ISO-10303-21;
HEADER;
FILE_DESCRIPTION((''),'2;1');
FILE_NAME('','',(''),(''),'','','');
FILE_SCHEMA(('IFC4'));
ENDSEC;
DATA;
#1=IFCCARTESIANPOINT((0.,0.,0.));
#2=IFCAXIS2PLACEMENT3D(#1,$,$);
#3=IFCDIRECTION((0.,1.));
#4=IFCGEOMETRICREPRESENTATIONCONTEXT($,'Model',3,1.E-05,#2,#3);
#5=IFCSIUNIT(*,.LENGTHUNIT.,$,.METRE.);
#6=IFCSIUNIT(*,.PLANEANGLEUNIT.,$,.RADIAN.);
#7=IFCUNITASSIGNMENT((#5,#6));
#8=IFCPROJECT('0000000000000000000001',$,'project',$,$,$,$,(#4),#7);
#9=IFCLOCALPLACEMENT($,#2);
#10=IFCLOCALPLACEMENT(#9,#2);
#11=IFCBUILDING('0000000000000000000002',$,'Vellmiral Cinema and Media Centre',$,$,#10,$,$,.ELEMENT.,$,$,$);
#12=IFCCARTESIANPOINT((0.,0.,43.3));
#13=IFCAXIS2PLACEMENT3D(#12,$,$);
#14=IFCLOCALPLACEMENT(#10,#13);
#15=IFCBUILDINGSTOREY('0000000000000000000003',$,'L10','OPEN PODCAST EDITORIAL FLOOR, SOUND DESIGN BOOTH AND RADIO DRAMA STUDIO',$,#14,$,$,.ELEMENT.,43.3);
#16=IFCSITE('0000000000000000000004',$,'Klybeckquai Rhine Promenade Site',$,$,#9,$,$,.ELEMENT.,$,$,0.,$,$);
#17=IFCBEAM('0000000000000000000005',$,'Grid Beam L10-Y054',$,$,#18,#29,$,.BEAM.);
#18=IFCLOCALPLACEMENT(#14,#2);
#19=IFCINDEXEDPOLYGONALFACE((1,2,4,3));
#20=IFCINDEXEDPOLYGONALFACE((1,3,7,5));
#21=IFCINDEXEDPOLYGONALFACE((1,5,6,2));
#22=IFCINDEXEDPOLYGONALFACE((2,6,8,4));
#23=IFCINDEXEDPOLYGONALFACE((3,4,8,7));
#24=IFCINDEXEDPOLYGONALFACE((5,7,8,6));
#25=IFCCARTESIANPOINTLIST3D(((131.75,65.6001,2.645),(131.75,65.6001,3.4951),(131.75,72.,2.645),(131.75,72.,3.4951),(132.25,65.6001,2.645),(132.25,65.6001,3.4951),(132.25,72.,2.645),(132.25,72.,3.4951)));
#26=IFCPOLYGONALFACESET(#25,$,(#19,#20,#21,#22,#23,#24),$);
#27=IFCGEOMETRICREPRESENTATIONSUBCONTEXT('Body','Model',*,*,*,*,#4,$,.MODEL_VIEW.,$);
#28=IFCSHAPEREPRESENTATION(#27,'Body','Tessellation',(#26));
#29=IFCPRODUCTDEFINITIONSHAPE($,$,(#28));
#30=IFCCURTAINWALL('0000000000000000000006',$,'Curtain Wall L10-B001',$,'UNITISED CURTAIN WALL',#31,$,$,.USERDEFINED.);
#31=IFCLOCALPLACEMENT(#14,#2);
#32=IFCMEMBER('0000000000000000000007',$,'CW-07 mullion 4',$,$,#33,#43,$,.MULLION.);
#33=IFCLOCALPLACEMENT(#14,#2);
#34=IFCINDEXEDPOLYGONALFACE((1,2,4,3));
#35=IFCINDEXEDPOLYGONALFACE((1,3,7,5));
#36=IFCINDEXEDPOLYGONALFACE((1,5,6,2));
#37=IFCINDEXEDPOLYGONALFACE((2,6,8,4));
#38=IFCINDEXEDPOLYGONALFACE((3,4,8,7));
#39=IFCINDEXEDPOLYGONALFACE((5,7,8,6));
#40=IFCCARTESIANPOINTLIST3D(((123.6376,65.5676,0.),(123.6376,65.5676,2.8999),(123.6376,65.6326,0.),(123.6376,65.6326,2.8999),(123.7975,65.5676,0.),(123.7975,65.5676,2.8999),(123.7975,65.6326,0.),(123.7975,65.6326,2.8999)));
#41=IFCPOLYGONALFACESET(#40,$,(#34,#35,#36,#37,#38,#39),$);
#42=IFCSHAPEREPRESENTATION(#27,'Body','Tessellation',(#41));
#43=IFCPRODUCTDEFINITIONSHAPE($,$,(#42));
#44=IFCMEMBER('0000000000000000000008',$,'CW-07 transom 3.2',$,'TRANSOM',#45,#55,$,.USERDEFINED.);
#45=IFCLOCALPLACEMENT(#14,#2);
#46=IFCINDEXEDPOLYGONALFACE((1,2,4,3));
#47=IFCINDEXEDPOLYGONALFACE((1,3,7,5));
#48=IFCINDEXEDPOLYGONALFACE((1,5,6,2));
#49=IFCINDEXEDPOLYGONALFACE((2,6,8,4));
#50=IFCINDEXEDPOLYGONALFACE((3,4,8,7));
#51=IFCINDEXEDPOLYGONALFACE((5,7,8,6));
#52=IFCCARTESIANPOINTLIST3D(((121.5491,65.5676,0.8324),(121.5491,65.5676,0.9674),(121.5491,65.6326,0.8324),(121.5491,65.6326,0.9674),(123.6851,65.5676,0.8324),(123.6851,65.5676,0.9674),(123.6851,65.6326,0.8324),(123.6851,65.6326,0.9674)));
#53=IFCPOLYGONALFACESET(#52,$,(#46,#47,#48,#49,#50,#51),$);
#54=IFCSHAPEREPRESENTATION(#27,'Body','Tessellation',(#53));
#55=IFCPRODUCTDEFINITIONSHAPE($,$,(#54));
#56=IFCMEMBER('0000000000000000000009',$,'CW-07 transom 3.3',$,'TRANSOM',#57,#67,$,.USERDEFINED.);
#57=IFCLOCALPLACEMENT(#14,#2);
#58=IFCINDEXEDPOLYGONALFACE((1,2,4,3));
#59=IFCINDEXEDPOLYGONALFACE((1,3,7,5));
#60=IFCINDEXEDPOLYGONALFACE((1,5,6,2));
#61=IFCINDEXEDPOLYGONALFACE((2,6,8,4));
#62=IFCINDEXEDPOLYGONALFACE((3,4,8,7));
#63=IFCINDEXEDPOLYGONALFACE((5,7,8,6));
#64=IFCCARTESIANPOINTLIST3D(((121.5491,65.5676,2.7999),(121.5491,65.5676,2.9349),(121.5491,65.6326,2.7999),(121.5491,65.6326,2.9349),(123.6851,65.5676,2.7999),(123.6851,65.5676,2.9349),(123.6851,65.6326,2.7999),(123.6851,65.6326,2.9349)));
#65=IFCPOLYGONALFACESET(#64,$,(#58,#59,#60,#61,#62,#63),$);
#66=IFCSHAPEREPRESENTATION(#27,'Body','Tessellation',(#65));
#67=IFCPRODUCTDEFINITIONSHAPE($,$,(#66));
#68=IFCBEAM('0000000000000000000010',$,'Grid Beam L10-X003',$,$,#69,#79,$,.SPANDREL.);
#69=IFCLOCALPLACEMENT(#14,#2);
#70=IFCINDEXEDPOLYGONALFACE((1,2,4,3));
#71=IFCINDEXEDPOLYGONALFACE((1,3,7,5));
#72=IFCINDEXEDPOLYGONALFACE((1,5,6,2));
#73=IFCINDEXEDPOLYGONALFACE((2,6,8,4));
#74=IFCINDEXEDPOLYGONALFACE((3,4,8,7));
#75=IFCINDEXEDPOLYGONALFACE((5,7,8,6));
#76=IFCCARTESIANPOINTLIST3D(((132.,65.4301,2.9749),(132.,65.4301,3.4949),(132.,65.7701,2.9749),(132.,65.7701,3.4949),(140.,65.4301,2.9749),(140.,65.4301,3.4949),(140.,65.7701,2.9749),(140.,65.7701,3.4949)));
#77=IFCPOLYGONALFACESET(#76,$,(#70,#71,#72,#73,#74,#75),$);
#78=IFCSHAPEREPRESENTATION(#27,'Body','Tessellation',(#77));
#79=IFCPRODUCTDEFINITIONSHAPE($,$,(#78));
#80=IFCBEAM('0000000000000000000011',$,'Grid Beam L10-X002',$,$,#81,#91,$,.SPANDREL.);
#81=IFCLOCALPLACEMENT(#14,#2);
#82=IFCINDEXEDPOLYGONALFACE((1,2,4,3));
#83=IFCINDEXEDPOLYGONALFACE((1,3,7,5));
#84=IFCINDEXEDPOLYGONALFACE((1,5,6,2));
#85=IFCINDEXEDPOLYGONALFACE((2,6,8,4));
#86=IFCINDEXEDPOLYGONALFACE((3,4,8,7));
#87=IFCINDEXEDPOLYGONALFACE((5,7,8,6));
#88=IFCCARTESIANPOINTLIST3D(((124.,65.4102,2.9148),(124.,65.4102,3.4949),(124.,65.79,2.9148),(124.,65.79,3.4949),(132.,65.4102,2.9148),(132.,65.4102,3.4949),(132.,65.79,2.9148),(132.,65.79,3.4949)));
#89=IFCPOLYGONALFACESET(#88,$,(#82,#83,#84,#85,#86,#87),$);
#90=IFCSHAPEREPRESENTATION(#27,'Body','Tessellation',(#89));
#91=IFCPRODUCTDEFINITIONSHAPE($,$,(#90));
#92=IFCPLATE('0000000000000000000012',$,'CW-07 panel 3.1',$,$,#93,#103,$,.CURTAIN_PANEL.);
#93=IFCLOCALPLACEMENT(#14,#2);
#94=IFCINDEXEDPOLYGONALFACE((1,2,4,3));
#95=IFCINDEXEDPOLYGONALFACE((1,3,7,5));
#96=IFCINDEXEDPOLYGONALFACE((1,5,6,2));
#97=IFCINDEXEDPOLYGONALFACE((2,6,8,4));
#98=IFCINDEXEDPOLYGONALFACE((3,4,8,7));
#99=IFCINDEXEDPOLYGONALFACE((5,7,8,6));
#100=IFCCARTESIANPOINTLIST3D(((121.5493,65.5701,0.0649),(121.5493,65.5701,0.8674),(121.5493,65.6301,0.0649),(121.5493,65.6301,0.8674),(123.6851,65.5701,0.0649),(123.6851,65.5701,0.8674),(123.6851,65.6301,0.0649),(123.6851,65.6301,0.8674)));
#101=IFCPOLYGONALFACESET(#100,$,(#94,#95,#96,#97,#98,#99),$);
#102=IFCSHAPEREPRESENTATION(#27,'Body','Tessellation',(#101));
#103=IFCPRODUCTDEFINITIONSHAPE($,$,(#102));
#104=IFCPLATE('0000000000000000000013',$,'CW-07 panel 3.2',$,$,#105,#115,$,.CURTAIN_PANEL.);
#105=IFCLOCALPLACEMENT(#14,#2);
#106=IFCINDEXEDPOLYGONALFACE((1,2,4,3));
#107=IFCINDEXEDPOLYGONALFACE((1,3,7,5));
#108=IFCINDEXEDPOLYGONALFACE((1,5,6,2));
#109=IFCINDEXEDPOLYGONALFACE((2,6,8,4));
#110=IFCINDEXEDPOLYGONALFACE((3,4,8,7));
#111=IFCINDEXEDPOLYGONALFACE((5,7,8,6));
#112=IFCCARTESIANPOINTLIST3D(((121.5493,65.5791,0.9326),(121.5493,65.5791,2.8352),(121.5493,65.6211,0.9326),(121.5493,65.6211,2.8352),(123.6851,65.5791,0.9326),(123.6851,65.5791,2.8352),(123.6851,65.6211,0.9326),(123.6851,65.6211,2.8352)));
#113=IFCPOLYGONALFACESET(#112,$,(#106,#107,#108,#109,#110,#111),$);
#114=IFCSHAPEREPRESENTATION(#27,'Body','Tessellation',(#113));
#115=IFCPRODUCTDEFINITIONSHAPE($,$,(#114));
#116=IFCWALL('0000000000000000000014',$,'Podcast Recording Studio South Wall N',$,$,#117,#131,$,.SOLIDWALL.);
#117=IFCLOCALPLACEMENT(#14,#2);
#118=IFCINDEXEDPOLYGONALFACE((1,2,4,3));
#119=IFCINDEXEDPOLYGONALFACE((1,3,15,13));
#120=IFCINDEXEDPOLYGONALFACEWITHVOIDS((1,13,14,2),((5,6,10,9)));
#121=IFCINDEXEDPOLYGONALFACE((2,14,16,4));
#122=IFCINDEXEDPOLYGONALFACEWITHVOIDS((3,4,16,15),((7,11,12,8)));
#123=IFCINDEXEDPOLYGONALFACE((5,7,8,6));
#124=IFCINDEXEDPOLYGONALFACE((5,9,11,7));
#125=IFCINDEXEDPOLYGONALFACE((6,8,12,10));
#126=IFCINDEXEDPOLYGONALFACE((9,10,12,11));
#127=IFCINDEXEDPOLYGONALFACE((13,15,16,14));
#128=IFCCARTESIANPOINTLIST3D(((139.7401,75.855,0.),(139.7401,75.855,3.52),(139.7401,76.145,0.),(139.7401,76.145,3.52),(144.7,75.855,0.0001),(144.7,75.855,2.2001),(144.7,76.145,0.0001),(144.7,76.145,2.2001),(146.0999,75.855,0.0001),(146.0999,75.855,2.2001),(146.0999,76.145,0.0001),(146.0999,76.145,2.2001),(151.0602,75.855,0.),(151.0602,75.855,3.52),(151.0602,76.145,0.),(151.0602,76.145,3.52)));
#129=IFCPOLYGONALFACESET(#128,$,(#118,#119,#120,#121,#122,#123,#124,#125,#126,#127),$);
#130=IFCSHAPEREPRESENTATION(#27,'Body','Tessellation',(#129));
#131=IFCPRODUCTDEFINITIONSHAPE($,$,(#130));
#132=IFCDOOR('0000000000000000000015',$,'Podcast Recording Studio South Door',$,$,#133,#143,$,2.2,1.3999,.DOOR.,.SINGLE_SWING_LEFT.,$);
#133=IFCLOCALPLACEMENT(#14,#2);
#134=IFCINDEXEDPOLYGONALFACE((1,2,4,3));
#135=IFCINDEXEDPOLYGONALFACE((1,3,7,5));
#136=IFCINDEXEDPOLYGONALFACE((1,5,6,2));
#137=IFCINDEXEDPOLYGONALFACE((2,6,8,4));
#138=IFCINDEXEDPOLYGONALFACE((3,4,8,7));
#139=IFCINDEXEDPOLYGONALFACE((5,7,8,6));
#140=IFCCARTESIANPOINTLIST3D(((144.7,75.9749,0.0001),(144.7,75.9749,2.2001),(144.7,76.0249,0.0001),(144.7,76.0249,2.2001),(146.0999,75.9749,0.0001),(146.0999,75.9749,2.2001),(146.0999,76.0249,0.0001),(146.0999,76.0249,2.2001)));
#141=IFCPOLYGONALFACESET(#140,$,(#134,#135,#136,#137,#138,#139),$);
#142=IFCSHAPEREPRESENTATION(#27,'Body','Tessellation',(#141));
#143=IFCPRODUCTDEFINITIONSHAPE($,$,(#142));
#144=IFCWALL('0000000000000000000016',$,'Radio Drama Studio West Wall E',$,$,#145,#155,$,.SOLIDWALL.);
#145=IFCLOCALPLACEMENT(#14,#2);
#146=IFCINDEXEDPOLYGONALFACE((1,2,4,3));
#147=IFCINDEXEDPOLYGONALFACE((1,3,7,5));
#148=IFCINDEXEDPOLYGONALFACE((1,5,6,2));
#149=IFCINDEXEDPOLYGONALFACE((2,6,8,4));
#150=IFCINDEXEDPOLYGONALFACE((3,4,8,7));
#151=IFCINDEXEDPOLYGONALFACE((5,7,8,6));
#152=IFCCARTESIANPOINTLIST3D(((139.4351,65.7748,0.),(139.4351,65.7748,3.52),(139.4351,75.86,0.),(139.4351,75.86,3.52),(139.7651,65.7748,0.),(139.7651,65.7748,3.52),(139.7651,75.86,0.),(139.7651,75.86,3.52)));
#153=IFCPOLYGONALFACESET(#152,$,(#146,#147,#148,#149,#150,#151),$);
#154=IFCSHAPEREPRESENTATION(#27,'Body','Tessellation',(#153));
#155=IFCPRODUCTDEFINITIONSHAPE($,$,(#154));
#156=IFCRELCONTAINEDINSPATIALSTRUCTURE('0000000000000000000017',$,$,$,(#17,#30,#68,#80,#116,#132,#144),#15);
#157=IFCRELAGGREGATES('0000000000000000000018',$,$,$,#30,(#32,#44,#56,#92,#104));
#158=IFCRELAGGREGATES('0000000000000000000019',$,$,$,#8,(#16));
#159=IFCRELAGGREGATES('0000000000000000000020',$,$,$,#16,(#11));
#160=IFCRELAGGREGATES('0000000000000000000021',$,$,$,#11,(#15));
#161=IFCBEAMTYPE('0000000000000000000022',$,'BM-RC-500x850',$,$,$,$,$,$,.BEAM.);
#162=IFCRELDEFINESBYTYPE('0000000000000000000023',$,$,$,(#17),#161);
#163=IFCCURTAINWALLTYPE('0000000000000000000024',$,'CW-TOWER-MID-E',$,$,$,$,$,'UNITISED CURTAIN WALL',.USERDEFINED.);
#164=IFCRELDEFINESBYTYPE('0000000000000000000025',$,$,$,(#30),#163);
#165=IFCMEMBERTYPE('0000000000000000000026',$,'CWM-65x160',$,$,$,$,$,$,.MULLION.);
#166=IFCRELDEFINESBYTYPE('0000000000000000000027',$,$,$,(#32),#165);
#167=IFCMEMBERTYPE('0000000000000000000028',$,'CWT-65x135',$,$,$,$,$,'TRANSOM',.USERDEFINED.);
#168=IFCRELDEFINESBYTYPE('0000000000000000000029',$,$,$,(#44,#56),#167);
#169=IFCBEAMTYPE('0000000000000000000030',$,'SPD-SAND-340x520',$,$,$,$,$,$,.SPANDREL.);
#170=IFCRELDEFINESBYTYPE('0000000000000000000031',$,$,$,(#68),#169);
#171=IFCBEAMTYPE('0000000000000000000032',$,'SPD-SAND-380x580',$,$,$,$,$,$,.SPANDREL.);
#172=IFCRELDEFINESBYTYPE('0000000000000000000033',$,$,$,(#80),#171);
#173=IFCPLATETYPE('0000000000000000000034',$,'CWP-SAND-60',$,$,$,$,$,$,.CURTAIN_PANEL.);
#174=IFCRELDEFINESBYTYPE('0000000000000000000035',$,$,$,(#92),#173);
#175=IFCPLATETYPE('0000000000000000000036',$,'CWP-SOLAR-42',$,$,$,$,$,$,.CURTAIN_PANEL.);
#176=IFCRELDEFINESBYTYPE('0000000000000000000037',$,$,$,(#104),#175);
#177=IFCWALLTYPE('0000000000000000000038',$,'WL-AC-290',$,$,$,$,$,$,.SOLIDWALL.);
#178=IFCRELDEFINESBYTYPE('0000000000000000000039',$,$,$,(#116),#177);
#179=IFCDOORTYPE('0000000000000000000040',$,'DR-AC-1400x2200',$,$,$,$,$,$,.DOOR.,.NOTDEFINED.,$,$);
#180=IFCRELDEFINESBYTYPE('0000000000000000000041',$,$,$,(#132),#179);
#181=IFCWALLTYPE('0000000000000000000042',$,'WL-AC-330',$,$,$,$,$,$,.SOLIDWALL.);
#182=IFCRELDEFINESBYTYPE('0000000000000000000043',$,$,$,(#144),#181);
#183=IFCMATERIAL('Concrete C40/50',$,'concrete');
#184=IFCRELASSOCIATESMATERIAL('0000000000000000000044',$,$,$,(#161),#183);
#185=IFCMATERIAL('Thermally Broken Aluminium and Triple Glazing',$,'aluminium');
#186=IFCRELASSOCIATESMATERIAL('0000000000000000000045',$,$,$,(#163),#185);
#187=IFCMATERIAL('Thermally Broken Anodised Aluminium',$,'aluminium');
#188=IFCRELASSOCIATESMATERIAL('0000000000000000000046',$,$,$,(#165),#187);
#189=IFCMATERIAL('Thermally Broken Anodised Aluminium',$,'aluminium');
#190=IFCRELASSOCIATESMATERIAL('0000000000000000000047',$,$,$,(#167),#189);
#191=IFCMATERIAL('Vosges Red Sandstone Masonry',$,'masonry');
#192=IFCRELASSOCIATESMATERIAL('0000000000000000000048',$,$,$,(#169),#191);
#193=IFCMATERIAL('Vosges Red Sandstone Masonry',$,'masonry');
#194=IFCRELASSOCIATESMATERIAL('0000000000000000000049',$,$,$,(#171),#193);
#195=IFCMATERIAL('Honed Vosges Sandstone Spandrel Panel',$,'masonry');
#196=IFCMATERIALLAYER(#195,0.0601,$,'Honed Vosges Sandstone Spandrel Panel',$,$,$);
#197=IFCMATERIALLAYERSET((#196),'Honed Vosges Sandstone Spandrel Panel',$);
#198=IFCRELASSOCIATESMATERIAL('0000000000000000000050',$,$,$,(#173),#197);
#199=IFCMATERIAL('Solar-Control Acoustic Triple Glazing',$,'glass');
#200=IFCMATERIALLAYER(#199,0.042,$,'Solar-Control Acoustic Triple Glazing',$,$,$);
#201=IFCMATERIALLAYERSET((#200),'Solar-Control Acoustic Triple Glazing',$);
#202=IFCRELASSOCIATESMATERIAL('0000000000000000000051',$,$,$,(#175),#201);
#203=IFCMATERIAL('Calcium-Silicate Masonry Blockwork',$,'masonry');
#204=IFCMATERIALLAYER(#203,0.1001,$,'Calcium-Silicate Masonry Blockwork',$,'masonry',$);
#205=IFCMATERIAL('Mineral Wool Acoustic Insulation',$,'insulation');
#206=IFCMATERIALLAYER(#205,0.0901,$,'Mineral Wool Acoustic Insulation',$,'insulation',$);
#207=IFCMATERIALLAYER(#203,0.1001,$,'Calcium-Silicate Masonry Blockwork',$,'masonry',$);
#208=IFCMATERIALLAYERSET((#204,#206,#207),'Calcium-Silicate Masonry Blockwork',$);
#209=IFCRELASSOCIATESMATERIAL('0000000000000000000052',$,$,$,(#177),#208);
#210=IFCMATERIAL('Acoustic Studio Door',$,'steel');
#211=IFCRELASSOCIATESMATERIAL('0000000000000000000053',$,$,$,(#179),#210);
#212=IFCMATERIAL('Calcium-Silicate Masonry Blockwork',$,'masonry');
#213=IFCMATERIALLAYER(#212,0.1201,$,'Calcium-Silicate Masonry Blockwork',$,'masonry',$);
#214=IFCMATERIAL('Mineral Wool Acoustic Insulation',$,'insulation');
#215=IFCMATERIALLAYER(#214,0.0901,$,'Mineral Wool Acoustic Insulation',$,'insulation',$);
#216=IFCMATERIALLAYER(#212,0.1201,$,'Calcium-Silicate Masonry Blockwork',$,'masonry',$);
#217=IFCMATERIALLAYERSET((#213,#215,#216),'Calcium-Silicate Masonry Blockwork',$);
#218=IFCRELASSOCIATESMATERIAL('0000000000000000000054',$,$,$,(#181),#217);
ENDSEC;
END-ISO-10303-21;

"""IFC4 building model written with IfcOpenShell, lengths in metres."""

from ifc_helpers import new_model, si_unit, direction, frame, frame_2d, origin, origin_2d, place, context, subcontext, project, spatial, rectangle, extrude, material, layer, layer_set, material_profile, profile_set, type_object, element, fill, aggregate, save


model = new_model("IFC4")

# Units and contexts
model_context = context("Model", 3, precision=1e-05, world=origin(), true_north=direction((0.0, 1.0)))
body_context = subcontext(model_context, "Body", "Model", "MODEL_VIEW")
ifc_project = project(units=[si_unit("LENGTHUNIT", "METRE"), si_unit("PLANEANGLEUNIT", "RADIAN")], contexts=[model_context])

# Site, building, storey
site_placement = place(None, origin())
site = spatial("IfcSite", under=ifc_project, at=site_placement, Name="Klybeckquai Rhine Promenade Site", CompositionType="ELEMENT", RefElevation=0.0)
building_placement = place(site_placement, origin())
building = spatial("IfcBuilding", under=site, at=building_placement, Name="Vellmiral Cinema and Media Centre", CompositionType="ELEMENT")
storey_placement = place(building_placement, frame((0.0, 0.0, 43.3)))
storey = spatial("IfcBuildingStorey", under=building, at=storey_placement, Name="L10", Description="OPEN PODCAST EDITORIAL FLOOR, SOUND DESIGN BOOTH AND RADIO DRAMA STUDIO", CompositionType="ELEMENT", Elevation=43.3)

# Beam
ifc_material_1 = material(Name="Concrete C40/50", Category="concrete")
ifc_material_profile_1 = material_profile(ifc_material_1, rectangle(XDim=0.5, YDim=0.8501, at=origin_2d()), Name="RC 500x850")
ifc_profile_set_1 = profile_set([ifc_material_profile_1], Name="Concrete C40/50")
beam_type_1 = type_object("IfcBeamType", Name="BM-RC-500x850", PredefinedType="BEAM", material=ifc_profile_set_1)
beam_1_placement = place(storey_placement, frame((132.0, 65.6001, 3.0701), z_axis=(0.0, 1.0, 0.0), x_axis=(-1.0, 0.0, 0.0)))
element("IfcBeam", 1, at=beam_1_placement, inside=storey, type_object=beam_type_1, Name="Grid Beam L10-Y054", PredefinedType="BEAM", context=body_context, shape_type="SweptSolid", body=[
    extrude(rectangle(XDim=0.5, YDim=0.8501, at=origin_2d()), origin(), (0.0, 0.0, 1.0), 6.3999),
])

# Curtain wall, members
ifc_material_2 = material(Name="Thermally Broken Aluminium and Triple Glazing", Category="aluminium")
curtain_wall_type = type_object("IfcCurtainWallType", Name="CW-TOWER-MID-E", ElementType="UNITISED CURTAIN WALL", PredefinedType="USERDEFINED", material=ifc_material_2)
curtain_wall_placement = place(storey_placement, origin())
curtain_wall = element("IfcCurtainWall", 2, at=curtain_wall_placement, inside=storey, type_object=curtain_wall_type, Name="Curtain Wall L10-B001", ObjectType="UNITISED CURTAIN WALL", PredefinedType="USERDEFINED")
ifc_material_3 = material(Name="Thermally Broken Anodised Aluminium", Category="aluminium")
ifc_material_profile_2 = material_profile(ifc_material_3, rectangle(XDim=0.0649, YDim=0.1599, at=origin_2d()), Name="MULL 65x160")
ifc_profile_set_2 = profile_set([ifc_material_profile_2], Name="Thermally Broken Anodised Aluminium")
member_type_1 = type_object("IfcMemberType", Name="CWM-65x160", PredefinedType="MULLION", material=ifc_profile_set_2)
member_1_placement = place(storey_placement, frame((123.7175, 65.6001, 0.0), z_axis=(0.0, 0.0, 1.0), x_axis=(0.0, 1.0, 0.0)))
member_1 = element("IfcMember", 3, at=member_1_placement, type_object=member_type_1, Name="CW-07 mullion 4", PredefinedType="MULLION", context=body_context, shape_type="SweptSolid", body=[
    extrude(rectangle(XDim=0.0649, YDim=0.1599, at=origin_2d()), origin(), (0.0, 0.0, 1.0), 2.8999),
])
ifc_material_4 = material(Name="Thermally Broken Anodised Aluminium", Category="aluminium")
ifc_material_profile_3 = material_profile(ifc_material_4, rectangle(XDim=0.0649, YDim=0.135, at=origin_2d()), Name="MULL 65x135")
ifc_profile_set_3 = profile_set([ifc_material_profile_3], Name="Thermally Broken Anodised Aluminium")
member_type_2 = type_object("IfcMemberType", Name="CWT-65x135", ElementType="TRANSOM", PredefinedType="USERDEFINED", material=ifc_profile_set_3)
member_2_placement = place(storey_placement, frame((121.5491, 65.6001, 0.8999), z_axis=(1.0, 0.0, 0.0), x_axis=(0.0, 1.0, 0.0)))
member_2 = element("IfcMember", 4, at=member_2_placement, type_object=member_type_2, Name="CW-07 transom 3.2", ObjectType="TRANSOM", PredefinedType="USERDEFINED", context=body_context, shape_type="SweptSolid", body=[
    extrude(rectangle(XDim=0.0649, YDim=0.135, at=origin_2d()), origin(), (0.0, 0.0, 1.0), 2.136),
])
member_3_placement = place(storey_placement, frame((121.5491, 65.6001, 2.8674), z_axis=(1.0, 0.0, 0.0), x_axis=(0.0, 1.0, 0.0)))
member_3 = element("IfcMember", 5, at=member_3_placement, type_object=member_type_2, Name="CW-07 transom 3.3", ObjectType="TRANSOM", PredefinedType="USERDEFINED", context=body_context, shape_type="SweptSolid", body=[
    extrude(rectangle(XDim=0.0649, YDim=0.135, at=origin_2d()), origin(), (0.0, 0.0, 1.0), 2.136),
])

# Beams
ifc_material_5 = material(Name="Vosges Red Sandstone Masonry", Category="masonry")
ifc_material_profile_4 = material_profile(ifc_material_5, rectangle(XDim=0.3401, YDim=0.52, at=origin_2d()), Name="SAND 340x520")
ifc_profile_set_4 = profile_set([ifc_material_profile_4], Name="Vosges Red Sandstone Masonry")
beam_type_2 = type_object("IfcBeamType", Name="SPD-SAND-340x520", PredefinedType="SPANDREL", material=ifc_profile_set_4)
beam_2_placement = place(storey_placement, frame((132.0, 65.6001, 3.2349), z_axis=(1.0, 0.0, 0.0), x_axis=(0.0, 1.0, 0.0)))
element("IfcBeam", 6, at=beam_2_placement, inside=storey, type_object=beam_type_2, Name="Grid Beam L10-X003", PredefinedType="SPANDREL", context=body_context, shape_type="SweptSolid", body=[
    extrude(rectangle(XDim=0.3401, YDim=0.52, at=origin_2d()), origin(), (0.0, 0.0, 1.0), 8.0),
])
ifc_material_6 = material(Name="Vosges Red Sandstone Masonry", Category="masonry")
ifc_material_profile_5 = material_profile(ifc_material_6, rectangle(XDim=0.3799, YDim=0.5801, at=origin_2d()), Name="SAND 380x580")
ifc_profile_set_5 = profile_set([ifc_material_profile_5], Name="Vosges Red Sandstone Masonry")
beam_type_3 = type_object("IfcBeamType", Name="SPD-SAND-380x580", PredefinedType="SPANDREL", material=ifc_profile_set_5)
beam_3_placement = place(storey_placement, frame((124.0, 65.6001, 3.2048), z_axis=(1.0, 0.0, 0.0), x_axis=(0.0, 1.0, 0.0)))
element("IfcBeam", 7, at=beam_3_placement, inside=storey, type_object=beam_type_3, Name="Grid Beam L10-X002", PredefinedType="SPANDREL", context=body_context, shape_type="SweptSolid", body=[
    extrude(rectangle(XDim=0.3799, YDim=0.5801, at=origin_2d()), origin(), (0.0, 0.0, 1.0), 8.0),
])

# Plates
ifc_material_7 = material(Name="Honed Vosges Sandstone Spandrel Panel", Category="masonry")
ifc_layer_1 = layer(ifc_material_7, 0.0601, Name="Honed Vosges Sandstone Spandrel Panel")
ifc_layer_set_1 = layer_set([ifc_layer_1], Name="Honed Vosges Sandstone Spandrel Panel")
plate_type_1 = type_object("IfcPlateType", Name="CWP-SAND-60", PredefinedType="CURTAIN_PANEL", material=ifc_layer_set_1)
plate_1_placement = place(storey_placement, frame((122.6172, 65.6001, 0.0649), z_axis=(0.0, 0.0, 1.0), x_axis=(1.0, 0.0, 0.0)))
plate_1 = element("IfcPlate", 8, at=plate_1_placement, type_object=plate_type_1, Name="CW-07 panel 3.1", PredefinedType="CURTAIN_PANEL", context=body_context, shape_type="SweptSolid", body=[
    extrude(rectangle(XDim=2.1357, YDim=0.0601, at=origin_2d()), origin(), (0.0, 0.0, 1.0), 0.8025),
])
ifc_material_8 = material(Name="Solar-Control Acoustic Triple Glazing", Category="glass")
ifc_layer_2 = layer(ifc_material_8, 0.042, Name="Solar-Control Acoustic Triple Glazing")
ifc_layer_set_2 = layer_set([ifc_layer_2], Name="Solar-Control Acoustic Triple Glazing")
plate_type_2 = type_object("IfcPlateType", Name="CWP-SOLAR-42", PredefinedType="CURTAIN_PANEL", material=ifc_layer_set_2)
plate_2_placement = place(storey_placement, frame((122.6172, 65.6001, 0.9326), z_axis=(0.0, 0.0, 1.0), x_axis=(1.0, 0.0, 0.0)))
plate_2 = element("IfcPlate", 9, at=plate_2_placement, type_object=plate_type_2, Name="CW-07 panel 3.2", PredefinedType="CURTAIN_PANEL", context=body_context, shape_type="SweptSolid", body=[
    extrude(rectangle(XDim=2.1357, YDim=0.042, at=origin_2d()), origin(), (0.0, 0.0, 1.0), 1.9026),
])
aggregate(curtain_wall, [member_1, member_2, member_3, plate_1, plate_2])

# Wall, opening, door
ifc_material_9 = material(Name="Calcium-Silicate Masonry Blockwork", Category="masonry")
ifc_layer_3 = layer(ifc_material_9, 0.1001, Name="Calcium-Silicate Masonry Blockwork", Category="masonry")
ifc_material_10 = material(Name="Mineral Wool Acoustic Insulation", Category="insulation")
ifc_layer_4 = layer(ifc_material_10, 0.0901, Name="Mineral Wool Acoustic Insulation", Category="insulation")
ifc_layer_5 = layer(ifc_material_9, 0.1001, Name="Calcium-Silicate Masonry Blockwork", Category="masonry")
ifc_layer_set_3 = layer_set([ifc_layer_3, ifc_layer_4, ifc_layer_5], Name="Calcium-Silicate Masonry Blockwork")
wall_type_1 = type_object("IfcWallType", Name="WL-AC-290", PredefinedType="SOLIDWALL", material=ifc_layer_set_3)
wall_1_placement = place(storey_placement, frame((139.74, 76.0, 0.0), z_axis=(0.0, 0.0, 1.0), x_axis=(1.0, 0.0, 0.0)))
wall_1 = element("IfcWall", 10, at=wall_1_placement, inside=storey, type_object=wall_type_1, Name="Podcast Recording Studio South Wall N", PredefinedType="SOLIDWALL", context=body_context, shape_type="SweptSolid", body=[
    extrude(rectangle(XDim=11.3201, YDim=0.29, at=frame_2d((5.6602, 0.0))), origin(), (0.0, 0.0, 1.0), 3.52),
])
opening_1_placement = place(wall_1_placement, frame((4.96, 0.0, 0.0)))
opening_1 = element("IfcOpeningElement", 11, at=opening_1_placement, cuts=wall_1, PredefinedType="OPENING", context=body_context, shape_type="SweptSolid", body=[
    extrude(rectangle(XDim=1.3999, YDim=2.2, at=frame_2d((0.7, 1.1001))), frame((0.0, 0.157, 0.0), z_axis=(0.0, -1.0, 0.0), x_axis=(1.0, 0.0, 0.0)), (0.0, 0.0, 1.0), 0.314),
])
ifc_material_11 = material(Name="Acoustic Studio Door", Category="steel")
door_type_1 = type_object("IfcDoorType", Name="DR-AC-1400x2200", OperationType="NOTDEFINED", PredefinedType="DOOR", material=ifc_material_11)
door_1_placement = place(opening_1_placement, origin())
door_1 = element("IfcDoor", 12, at=door_1_placement, inside=storey, type_object=door_type_1, Name="Podcast Recording Studio South Door", OperationType="SINGLE_SWING_LEFT", OverallHeight=2.2, OverallWidth=1.3999, PredefinedType="DOOR", context=body_context, shape_type="SweptSolid", body=[
    extrude(rectangle(XDim=1.3999, YDim=2.2, at=frame_2d((0.7, 1.1001))), frame((0.0, 0.0249, 0.0), z_axis=(0.0, -1.0, 0.0), x_axis=(1.0, 0.0, 0.0)), (0.0, 0.0, 1.0), 0.05),
])
fill(opening_1, door_1)

# Wall
ifc_material_12 = material(Name="Calcium-Silicate Masonry Blockwork", Category="masonry")
ifc_layer_6 = layer(ifc_material_12, 0.1201, Name="Calcium-Silicate Masonry Blockwork", Category="masonry")
ifc_material_13 = material(Name="Mineral Wool Acoustic Insulation", Category="insulation")
ifc_layer_7 = layer(ifc_material_13, 0.0901, Name="Mineral Wool Acoustic Insulation", Category="insulation")
ifc_layer_8 = layer(ifc_material_12, 0.1201, Name="Calcium-Silicate Masonry Blockwork", Category="masonry")
ifc_layer_set_4 = layer_set([ifc_layer_6, ifc_layer_7, ifc_layer_8], Name="Calcium-Silicate Masonry Blockwork")
wall_type_2 = type_object("IfcWallType", Name="WL-AC-330", PredefinedType="SOLIDWALL", material=ifc_layer_set_4)
wall_2_placement = place(storey_placement, frame((139.6001, 65.7749, 0.0), z_axis=(0.0, 0.0, 1.0), x_axis=(0.0, 1.0, 0.0)))
element("IfcWall", 13, at=wall_2_placement, inside=storey, type_object=wall_type_2, Name="Radio Drama Studio West Wall E", PredefinedType="SOLIDWALL", context=body_context, shape_type="SweptSolid", body=[
    extrude(rectangle(XDim=10.0852, YDim=0.3301, at=frame_2d((5.0425, 0.0))), origin(), (0.0, 0.0, 1.0), 3.52),
])

save(model, "model.ifc")
